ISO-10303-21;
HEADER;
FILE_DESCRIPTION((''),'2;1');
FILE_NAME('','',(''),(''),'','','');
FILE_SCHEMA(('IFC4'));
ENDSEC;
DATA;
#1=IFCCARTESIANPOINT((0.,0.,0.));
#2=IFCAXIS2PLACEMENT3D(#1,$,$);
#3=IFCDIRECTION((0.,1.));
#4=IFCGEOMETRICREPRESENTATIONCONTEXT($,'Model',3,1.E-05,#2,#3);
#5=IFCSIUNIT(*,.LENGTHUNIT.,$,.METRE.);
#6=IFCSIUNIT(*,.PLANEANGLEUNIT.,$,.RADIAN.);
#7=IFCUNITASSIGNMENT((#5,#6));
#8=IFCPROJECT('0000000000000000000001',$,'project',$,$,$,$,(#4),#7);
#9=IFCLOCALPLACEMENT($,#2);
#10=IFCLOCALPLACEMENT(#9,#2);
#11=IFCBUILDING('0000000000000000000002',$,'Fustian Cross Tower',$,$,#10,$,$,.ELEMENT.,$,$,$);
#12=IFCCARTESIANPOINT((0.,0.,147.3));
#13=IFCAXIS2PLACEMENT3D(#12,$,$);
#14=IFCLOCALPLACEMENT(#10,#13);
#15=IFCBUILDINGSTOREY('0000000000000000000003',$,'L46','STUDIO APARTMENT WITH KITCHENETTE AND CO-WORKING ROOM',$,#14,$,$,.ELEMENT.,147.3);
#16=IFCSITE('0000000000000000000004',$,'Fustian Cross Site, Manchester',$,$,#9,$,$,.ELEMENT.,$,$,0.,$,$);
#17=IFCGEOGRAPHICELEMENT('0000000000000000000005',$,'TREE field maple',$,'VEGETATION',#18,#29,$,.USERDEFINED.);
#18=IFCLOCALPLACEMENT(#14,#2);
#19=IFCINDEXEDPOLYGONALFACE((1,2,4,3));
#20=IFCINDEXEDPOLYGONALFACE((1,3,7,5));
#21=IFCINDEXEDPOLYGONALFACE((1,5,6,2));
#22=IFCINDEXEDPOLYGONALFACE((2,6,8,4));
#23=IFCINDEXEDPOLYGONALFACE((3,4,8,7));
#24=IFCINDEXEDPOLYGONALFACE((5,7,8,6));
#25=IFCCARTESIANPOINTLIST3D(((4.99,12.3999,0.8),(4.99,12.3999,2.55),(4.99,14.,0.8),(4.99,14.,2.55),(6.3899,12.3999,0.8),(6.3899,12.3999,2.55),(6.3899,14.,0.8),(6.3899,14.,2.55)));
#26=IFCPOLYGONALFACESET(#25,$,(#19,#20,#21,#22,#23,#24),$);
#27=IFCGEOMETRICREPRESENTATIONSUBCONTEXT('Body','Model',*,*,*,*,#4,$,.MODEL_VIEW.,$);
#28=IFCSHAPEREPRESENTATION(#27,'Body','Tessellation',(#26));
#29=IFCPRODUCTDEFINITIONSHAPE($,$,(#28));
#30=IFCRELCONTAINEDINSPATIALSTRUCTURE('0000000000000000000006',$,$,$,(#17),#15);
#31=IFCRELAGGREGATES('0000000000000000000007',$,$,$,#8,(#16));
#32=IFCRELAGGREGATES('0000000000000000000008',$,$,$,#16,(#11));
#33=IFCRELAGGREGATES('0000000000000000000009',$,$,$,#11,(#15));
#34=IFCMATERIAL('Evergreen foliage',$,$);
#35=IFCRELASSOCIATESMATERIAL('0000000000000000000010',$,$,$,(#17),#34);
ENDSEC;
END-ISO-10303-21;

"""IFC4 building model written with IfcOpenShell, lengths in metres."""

from ifc_helpers import new_model, si_unit, direction, frame, origin, origin_2d, place, context, subcontext, project, spatial, rectangle, extrude, material, element, save


model = new_model("IFC4")

# Units and contexts
model_context = context("Model", 3, precision=1e-05, world=origin(), true_north=direction((0.0, 1.0)))
body_context = subcontext(model_context, "Body", "Model", "MODEL_VIEW")
ifc_project = project(units=[si_unit("LENGTHUNIT", "METRE"), si_unit("PLANEANGLEUNIT", "RADIAN")], contexts=[model_context])

# Site, building, storey
site_placement = place(None, origin())
site = spatial("IfcSite", under=ifc_project, at=site_placement, Name="Fustian Cross Site, Manchester", CompositionType="ELEMENT", RefElevation=0.0)
building_placement = place(site_placement, origin())
building = spatial("IfcBuilding", under=site, at=building_placement, Name="Fustian Cross Tower", CompositionType="ELEMENT")
storey_placement = place(building_placement, frame((0.0, 0.0, 147.3)))
storey = spatial("IfcBuildingStorey", under=building, at=storey_placement, Name="L46", Description="STUDIO APARTMENT WITH KITCHENETTE AND CO-WORKING ROOM", CompositionType="ELEMENT", Elevation=147.3)

# Geographic element
ifc_material_1 = material(Name="Evergreen foliage")
geographic_element_placement = place(storey_placement, frame((5.6899, 13.2, 0.8), z_axis=(0.0, 0.0, 1.0), x_axis=(1.0, 0.0, 0.0)))
element("IfcGeographicElement", 1, at=geographic_element_placement, inside=storey, material=ifc_material_1, Name="TREE field maple", ObjectType="VEGETATION", PredefinedType="USERDEFINED", context=body_context, shape_type="SweptSolid", body=[
    extrude(rectangle(XDim=1.3999, YDim=1.6001, at=origin_2d()), origin(), (0.0, 0.0, 1.0), 1.75),
])

save(model, "model.ifc")
